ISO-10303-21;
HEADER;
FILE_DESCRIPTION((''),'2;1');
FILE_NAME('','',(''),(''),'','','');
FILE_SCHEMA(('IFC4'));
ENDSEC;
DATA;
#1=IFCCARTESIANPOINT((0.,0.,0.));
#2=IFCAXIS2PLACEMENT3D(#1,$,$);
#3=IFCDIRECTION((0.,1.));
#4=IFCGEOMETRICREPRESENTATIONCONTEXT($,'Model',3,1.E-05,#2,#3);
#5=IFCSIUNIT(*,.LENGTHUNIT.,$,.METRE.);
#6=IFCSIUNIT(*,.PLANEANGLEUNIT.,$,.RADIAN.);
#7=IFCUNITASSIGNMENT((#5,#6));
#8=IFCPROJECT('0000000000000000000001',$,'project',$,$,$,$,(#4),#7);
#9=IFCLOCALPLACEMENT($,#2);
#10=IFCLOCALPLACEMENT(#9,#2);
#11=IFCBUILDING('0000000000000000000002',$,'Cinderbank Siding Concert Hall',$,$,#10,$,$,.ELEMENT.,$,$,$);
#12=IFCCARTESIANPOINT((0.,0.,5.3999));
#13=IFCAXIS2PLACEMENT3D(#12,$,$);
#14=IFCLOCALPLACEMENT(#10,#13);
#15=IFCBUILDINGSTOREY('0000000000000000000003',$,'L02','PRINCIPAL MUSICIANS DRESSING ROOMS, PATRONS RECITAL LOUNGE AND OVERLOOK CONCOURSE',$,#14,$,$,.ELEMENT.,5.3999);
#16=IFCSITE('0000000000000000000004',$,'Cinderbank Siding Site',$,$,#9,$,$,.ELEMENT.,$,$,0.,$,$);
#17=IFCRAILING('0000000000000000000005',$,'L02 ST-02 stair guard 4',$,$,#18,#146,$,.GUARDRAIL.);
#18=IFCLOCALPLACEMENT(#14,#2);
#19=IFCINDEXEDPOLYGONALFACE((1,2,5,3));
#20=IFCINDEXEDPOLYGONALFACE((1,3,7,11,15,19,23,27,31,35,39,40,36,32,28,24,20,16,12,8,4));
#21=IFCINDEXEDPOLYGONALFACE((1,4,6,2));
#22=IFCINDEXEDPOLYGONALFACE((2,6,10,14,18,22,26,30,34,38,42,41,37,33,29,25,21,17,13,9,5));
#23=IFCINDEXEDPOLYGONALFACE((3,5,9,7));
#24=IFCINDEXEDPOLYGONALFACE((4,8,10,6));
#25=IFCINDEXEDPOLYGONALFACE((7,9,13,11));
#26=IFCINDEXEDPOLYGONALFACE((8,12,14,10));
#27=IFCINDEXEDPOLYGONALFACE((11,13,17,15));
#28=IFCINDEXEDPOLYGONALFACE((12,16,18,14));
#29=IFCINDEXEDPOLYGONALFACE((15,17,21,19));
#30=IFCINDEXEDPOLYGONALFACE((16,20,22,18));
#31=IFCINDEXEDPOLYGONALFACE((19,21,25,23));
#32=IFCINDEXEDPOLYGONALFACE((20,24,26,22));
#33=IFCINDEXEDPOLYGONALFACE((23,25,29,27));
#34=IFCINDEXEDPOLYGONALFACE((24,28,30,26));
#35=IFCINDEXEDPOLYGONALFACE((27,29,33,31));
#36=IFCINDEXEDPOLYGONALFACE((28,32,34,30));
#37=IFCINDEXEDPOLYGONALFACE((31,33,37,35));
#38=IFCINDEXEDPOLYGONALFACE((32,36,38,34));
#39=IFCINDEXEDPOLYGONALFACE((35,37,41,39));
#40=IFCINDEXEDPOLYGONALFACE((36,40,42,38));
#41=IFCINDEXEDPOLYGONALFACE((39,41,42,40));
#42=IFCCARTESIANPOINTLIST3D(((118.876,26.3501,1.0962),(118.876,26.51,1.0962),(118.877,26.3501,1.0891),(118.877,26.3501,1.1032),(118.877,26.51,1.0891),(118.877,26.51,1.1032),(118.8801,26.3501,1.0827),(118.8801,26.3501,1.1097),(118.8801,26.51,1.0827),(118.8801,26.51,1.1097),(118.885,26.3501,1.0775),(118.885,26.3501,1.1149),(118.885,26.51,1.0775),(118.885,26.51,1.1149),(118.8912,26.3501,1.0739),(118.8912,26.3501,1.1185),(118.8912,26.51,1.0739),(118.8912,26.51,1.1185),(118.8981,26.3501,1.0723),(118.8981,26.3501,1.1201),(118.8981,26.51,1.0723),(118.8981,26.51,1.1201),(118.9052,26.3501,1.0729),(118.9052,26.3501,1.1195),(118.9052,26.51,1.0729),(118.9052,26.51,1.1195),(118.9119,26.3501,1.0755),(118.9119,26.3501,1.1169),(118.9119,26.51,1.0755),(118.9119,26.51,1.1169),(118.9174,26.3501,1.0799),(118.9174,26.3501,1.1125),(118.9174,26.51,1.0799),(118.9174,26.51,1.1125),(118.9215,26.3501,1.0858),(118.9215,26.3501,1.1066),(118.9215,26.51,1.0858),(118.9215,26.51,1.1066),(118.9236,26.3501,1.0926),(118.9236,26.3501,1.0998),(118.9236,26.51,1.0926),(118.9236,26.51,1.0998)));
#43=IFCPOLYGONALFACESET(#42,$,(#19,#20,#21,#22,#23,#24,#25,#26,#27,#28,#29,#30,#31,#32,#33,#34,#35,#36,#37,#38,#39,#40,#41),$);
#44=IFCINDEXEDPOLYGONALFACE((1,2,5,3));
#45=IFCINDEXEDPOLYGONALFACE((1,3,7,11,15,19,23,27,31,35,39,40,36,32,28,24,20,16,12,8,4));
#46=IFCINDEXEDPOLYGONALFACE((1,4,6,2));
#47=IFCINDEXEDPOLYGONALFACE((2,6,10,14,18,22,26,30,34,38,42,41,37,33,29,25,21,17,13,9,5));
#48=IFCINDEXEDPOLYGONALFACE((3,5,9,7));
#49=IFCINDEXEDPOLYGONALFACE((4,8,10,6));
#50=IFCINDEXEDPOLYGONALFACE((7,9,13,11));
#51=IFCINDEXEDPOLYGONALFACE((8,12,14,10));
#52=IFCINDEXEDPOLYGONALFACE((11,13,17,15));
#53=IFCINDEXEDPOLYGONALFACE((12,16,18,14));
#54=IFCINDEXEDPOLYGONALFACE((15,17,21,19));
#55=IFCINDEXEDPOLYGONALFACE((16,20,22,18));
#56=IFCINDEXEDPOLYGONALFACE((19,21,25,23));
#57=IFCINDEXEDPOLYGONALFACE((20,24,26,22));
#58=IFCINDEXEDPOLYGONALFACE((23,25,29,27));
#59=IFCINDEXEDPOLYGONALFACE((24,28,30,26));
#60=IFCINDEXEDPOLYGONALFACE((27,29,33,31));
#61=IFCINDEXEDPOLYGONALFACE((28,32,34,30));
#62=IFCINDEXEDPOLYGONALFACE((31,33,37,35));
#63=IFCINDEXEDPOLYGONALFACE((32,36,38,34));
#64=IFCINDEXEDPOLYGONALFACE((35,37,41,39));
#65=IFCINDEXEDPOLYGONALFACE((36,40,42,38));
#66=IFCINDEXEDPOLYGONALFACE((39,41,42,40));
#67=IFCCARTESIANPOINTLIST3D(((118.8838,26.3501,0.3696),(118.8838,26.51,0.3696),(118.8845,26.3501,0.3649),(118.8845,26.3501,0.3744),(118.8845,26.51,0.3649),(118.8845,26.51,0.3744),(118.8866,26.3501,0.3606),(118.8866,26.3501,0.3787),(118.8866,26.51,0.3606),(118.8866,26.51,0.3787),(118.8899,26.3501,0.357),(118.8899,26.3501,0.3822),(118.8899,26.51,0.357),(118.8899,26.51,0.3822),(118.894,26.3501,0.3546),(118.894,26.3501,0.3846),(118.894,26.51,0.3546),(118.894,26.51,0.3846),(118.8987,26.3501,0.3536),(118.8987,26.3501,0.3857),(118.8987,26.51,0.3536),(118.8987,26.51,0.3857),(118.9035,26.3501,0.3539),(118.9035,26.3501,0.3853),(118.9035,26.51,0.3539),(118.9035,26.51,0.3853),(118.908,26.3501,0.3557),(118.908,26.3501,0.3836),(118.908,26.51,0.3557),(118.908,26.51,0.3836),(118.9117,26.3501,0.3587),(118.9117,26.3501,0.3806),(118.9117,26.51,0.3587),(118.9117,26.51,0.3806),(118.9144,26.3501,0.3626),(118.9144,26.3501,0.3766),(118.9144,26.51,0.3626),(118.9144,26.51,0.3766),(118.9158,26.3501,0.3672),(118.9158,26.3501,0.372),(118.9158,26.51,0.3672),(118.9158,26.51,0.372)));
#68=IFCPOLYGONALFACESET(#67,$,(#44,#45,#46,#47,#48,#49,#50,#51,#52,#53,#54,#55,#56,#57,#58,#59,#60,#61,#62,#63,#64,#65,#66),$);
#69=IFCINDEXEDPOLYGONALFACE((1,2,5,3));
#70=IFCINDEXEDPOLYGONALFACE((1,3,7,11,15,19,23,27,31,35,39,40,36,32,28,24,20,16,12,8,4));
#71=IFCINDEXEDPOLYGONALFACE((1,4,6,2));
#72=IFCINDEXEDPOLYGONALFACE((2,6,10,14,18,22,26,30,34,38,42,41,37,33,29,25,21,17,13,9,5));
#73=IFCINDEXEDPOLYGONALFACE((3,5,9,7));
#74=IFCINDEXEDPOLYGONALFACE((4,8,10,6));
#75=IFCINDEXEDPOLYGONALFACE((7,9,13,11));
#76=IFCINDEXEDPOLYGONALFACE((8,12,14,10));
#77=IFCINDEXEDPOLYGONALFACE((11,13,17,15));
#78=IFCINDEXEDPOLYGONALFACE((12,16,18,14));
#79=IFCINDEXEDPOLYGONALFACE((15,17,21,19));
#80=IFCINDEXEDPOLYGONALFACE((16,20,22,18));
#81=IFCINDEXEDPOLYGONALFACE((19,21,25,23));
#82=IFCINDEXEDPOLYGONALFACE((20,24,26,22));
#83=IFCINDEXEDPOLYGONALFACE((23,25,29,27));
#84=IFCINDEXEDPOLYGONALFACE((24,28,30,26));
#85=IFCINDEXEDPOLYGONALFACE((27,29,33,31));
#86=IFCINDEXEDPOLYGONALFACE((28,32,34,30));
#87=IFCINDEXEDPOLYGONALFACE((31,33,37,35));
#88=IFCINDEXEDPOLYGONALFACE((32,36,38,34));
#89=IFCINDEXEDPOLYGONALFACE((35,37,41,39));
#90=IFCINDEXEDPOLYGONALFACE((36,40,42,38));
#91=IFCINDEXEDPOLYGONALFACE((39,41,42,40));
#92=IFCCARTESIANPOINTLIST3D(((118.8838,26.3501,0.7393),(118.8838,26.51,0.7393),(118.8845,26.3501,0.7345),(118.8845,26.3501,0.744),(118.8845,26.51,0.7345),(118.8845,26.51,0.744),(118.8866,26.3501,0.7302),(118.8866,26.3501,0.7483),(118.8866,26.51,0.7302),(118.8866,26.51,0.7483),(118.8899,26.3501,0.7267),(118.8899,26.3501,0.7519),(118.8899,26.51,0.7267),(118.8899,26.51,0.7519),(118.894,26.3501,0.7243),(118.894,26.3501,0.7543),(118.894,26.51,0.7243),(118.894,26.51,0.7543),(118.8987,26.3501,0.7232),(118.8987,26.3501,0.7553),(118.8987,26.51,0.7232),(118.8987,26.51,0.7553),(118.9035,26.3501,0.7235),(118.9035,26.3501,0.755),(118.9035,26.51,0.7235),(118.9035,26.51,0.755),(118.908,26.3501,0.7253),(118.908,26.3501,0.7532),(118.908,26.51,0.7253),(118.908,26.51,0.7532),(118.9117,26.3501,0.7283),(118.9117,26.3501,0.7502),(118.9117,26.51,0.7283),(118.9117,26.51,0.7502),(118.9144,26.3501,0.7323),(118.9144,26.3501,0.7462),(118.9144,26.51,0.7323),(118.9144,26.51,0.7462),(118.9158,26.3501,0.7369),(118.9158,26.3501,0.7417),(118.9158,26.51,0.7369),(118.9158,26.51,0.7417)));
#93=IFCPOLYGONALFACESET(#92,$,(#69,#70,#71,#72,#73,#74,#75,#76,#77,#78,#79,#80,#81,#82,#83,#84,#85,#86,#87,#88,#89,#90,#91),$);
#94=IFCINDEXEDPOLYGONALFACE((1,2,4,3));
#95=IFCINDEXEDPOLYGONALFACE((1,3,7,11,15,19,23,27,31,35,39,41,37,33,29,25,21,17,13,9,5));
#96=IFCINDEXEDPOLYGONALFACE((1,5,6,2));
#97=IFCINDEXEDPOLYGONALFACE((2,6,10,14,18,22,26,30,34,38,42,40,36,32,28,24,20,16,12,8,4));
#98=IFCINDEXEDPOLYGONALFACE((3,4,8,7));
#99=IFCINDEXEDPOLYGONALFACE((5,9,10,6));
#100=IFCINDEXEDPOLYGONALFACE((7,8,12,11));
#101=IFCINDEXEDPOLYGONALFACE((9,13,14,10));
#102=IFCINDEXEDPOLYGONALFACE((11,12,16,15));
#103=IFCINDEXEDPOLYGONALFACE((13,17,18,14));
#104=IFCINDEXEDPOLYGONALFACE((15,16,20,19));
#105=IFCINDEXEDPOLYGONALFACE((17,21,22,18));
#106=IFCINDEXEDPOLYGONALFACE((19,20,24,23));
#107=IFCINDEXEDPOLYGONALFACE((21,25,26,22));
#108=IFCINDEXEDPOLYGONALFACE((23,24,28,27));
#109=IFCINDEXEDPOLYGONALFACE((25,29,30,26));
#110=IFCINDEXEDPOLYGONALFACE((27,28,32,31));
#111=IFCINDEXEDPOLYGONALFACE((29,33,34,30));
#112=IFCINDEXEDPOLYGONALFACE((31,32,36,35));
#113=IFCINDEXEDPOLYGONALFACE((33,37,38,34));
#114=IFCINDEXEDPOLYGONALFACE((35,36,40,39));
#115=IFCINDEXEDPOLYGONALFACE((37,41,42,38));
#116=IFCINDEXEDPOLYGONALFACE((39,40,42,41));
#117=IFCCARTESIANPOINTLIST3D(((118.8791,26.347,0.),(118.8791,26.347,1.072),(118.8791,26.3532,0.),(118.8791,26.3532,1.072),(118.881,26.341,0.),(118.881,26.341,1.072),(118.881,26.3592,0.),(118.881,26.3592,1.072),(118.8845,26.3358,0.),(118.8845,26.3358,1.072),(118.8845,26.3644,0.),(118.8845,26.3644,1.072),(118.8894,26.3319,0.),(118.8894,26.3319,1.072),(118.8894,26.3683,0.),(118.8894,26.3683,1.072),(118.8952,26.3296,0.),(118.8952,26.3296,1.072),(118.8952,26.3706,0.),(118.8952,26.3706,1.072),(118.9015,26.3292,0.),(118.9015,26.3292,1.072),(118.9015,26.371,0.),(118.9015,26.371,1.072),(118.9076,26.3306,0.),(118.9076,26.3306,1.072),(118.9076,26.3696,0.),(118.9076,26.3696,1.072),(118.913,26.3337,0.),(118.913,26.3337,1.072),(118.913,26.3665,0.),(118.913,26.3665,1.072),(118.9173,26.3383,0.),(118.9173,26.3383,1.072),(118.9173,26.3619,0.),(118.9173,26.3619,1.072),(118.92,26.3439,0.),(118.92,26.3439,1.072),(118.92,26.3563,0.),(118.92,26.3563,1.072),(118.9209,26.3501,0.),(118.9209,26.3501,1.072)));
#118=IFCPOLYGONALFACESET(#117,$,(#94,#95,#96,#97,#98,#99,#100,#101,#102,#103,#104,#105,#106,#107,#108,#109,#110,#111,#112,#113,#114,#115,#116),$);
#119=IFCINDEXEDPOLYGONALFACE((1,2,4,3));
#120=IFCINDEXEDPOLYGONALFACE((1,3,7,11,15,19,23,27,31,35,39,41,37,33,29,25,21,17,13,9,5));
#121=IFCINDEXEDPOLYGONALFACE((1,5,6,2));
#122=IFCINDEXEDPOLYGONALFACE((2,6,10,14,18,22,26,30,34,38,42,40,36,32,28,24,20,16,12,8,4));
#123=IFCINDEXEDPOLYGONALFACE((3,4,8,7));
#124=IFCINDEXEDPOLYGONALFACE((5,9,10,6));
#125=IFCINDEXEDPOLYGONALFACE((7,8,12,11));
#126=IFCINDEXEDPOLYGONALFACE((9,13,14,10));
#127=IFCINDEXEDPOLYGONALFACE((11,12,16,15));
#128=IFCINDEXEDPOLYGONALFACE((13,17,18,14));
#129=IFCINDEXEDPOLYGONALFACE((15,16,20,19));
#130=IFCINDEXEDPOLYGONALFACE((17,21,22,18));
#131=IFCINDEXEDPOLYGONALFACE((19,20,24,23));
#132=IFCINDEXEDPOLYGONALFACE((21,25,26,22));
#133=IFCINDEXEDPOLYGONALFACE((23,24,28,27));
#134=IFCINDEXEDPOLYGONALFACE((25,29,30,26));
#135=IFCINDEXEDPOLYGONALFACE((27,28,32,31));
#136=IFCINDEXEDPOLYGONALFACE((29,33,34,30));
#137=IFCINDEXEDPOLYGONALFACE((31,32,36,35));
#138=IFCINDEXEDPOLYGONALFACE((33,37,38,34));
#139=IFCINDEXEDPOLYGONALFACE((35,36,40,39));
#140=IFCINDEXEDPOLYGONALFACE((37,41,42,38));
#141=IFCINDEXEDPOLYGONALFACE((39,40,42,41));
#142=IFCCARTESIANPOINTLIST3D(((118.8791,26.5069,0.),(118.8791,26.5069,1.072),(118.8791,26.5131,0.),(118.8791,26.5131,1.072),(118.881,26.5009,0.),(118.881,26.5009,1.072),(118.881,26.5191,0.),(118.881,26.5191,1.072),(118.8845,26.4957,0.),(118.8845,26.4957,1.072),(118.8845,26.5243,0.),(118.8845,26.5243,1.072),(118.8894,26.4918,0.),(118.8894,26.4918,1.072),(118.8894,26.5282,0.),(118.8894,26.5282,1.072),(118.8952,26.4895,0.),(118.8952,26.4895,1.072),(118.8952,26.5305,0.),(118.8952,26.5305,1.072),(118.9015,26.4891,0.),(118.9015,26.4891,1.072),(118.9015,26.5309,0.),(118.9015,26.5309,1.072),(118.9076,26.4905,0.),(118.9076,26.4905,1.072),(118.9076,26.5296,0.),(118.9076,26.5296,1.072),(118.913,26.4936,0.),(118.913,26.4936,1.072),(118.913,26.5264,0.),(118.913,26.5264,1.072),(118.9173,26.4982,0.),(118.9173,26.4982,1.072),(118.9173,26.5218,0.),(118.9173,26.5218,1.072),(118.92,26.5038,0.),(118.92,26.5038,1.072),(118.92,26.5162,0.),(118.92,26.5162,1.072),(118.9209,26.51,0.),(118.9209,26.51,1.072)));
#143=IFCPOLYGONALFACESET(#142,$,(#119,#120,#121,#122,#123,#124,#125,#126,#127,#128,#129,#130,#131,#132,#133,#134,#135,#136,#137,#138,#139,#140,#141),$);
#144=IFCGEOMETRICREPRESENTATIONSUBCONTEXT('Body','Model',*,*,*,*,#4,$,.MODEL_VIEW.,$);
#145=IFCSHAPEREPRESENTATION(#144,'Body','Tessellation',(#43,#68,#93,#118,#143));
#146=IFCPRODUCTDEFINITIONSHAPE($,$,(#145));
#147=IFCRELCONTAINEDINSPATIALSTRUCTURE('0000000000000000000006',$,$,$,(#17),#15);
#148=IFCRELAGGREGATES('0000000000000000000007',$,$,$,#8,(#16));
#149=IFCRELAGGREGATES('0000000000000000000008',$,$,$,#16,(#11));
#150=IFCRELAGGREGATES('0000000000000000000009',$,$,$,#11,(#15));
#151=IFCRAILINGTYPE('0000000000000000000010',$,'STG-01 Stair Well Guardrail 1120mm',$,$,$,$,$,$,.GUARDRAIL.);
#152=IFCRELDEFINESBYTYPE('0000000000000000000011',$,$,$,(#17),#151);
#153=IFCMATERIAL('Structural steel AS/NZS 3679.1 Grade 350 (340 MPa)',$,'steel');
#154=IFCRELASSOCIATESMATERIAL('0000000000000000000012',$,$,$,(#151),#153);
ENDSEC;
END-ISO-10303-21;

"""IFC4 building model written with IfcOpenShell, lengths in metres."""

from ifc_helpers import new_model, si_unit, direction, frame, origin, origin_2d, place, context, subcontext, project, spatial, circle, extrude, material, type_object, element, save


model = new_model("IFC4")

# Units and contexts
model_context = context("Model", 3, precision=1e-05, world=origin(), true_north=direction((0.0, 1.0)))
body_context = subcontext(model_context, "Body", "Model", "MODEL_VIEW")
ifc_project = project(units=[si_unit("LENGTHUNIT", "METRE"), si_unit("PLANEANGLEUNIT", "RADIAN")], contexts=[model_context])

# Site, building, storey
site_placement = place(None, origin())
site = spatial("IfcSite", under=ifc_project, at=site_placement, Name="Cinderbank Siding Site", CompositionType="ELEMENT", RefElevation=0.0)
building_placement = place(site_placement, origin())
building = spatial("IfcBuilding", under=site, at=building_placement, Name="Cinderbank Siding Concert Hall", CompositionType="ELEMENT")
storey_placement = place(building_placement, frame((0.0, 0.0, 5.3999)))
storey = spatial("IfcBuildingStorey", under=building, at=storey_placement, Name="L02", Description="PRINCIPAL MUSICIANS DRESSING ROOMS, PATRONS RECITAL LOUNGE AND OVERLOOK CONCOURSE", CompositionType="ELEMENT", Elevation=5.3999)

# Shared definitions
ifc_material_1 = material(Name="Structural steel AS/NZS 3679.1 Grade 350 (340 MPa)", Category="steel")

# Railing
railing_type_1 = type_object("IfcRailingType", Name="STG-01 Stair Well Guardrail 1120mm", PredefinedType="GUARDRAIL", material=ifc_material_1)
railing_1_placement = place(storey_placement, frame((118.8999, 26.3501, 0.0)))
element("IfcRailing", 1, at=railing_1_placement, inside=storey, type_object=railing_type_1, Name="L02 ST-02 stair guard 4", PredefinedType="GUARDRAIL", context=body_context, shape_type="SweptSolid", body=[
    extrude(circle(Radius=0.0239, at=origin_2d()), frame((0.0, 0.0, 1.0962), z_axis=(0.0, 1.0, 0.0), x_axis=(-1.0, 0.0, 0.0)), (0.0, 0.0, 1.0), 0.1599),
    extrude(circle(Radius=0.0161, at=origin_2d()), frame((0.0, 0.0, 0.3696), z_axis=(0.0, 1.0, 0.0), x_axis=(-1.0, 0.0, 0.0)), (0.0, 0.0, 1.0), 0.1599),
    extrude(circle(Radius=0.0161, at=origin_2d()), frame((0.0, 0.0, 0.7393), z_axis=(0.0, 1.0, 0.0), x_axis=(-1.0, 0.0, 0.0)), (0.0, 0.0, 1.0), 0.1599),
    extrude(circle(Radius=0.021, at=origin_2d()), origin(), (0.0, 0.0, 1.0), 1.072),
    extrude(circle(Radius=0.021, at=origin_2d()), frame((0.0, 0.1599, 0.0)), (0.0, 0.0, 1.0), 1.072),
])

save(model, "model.ifc")
